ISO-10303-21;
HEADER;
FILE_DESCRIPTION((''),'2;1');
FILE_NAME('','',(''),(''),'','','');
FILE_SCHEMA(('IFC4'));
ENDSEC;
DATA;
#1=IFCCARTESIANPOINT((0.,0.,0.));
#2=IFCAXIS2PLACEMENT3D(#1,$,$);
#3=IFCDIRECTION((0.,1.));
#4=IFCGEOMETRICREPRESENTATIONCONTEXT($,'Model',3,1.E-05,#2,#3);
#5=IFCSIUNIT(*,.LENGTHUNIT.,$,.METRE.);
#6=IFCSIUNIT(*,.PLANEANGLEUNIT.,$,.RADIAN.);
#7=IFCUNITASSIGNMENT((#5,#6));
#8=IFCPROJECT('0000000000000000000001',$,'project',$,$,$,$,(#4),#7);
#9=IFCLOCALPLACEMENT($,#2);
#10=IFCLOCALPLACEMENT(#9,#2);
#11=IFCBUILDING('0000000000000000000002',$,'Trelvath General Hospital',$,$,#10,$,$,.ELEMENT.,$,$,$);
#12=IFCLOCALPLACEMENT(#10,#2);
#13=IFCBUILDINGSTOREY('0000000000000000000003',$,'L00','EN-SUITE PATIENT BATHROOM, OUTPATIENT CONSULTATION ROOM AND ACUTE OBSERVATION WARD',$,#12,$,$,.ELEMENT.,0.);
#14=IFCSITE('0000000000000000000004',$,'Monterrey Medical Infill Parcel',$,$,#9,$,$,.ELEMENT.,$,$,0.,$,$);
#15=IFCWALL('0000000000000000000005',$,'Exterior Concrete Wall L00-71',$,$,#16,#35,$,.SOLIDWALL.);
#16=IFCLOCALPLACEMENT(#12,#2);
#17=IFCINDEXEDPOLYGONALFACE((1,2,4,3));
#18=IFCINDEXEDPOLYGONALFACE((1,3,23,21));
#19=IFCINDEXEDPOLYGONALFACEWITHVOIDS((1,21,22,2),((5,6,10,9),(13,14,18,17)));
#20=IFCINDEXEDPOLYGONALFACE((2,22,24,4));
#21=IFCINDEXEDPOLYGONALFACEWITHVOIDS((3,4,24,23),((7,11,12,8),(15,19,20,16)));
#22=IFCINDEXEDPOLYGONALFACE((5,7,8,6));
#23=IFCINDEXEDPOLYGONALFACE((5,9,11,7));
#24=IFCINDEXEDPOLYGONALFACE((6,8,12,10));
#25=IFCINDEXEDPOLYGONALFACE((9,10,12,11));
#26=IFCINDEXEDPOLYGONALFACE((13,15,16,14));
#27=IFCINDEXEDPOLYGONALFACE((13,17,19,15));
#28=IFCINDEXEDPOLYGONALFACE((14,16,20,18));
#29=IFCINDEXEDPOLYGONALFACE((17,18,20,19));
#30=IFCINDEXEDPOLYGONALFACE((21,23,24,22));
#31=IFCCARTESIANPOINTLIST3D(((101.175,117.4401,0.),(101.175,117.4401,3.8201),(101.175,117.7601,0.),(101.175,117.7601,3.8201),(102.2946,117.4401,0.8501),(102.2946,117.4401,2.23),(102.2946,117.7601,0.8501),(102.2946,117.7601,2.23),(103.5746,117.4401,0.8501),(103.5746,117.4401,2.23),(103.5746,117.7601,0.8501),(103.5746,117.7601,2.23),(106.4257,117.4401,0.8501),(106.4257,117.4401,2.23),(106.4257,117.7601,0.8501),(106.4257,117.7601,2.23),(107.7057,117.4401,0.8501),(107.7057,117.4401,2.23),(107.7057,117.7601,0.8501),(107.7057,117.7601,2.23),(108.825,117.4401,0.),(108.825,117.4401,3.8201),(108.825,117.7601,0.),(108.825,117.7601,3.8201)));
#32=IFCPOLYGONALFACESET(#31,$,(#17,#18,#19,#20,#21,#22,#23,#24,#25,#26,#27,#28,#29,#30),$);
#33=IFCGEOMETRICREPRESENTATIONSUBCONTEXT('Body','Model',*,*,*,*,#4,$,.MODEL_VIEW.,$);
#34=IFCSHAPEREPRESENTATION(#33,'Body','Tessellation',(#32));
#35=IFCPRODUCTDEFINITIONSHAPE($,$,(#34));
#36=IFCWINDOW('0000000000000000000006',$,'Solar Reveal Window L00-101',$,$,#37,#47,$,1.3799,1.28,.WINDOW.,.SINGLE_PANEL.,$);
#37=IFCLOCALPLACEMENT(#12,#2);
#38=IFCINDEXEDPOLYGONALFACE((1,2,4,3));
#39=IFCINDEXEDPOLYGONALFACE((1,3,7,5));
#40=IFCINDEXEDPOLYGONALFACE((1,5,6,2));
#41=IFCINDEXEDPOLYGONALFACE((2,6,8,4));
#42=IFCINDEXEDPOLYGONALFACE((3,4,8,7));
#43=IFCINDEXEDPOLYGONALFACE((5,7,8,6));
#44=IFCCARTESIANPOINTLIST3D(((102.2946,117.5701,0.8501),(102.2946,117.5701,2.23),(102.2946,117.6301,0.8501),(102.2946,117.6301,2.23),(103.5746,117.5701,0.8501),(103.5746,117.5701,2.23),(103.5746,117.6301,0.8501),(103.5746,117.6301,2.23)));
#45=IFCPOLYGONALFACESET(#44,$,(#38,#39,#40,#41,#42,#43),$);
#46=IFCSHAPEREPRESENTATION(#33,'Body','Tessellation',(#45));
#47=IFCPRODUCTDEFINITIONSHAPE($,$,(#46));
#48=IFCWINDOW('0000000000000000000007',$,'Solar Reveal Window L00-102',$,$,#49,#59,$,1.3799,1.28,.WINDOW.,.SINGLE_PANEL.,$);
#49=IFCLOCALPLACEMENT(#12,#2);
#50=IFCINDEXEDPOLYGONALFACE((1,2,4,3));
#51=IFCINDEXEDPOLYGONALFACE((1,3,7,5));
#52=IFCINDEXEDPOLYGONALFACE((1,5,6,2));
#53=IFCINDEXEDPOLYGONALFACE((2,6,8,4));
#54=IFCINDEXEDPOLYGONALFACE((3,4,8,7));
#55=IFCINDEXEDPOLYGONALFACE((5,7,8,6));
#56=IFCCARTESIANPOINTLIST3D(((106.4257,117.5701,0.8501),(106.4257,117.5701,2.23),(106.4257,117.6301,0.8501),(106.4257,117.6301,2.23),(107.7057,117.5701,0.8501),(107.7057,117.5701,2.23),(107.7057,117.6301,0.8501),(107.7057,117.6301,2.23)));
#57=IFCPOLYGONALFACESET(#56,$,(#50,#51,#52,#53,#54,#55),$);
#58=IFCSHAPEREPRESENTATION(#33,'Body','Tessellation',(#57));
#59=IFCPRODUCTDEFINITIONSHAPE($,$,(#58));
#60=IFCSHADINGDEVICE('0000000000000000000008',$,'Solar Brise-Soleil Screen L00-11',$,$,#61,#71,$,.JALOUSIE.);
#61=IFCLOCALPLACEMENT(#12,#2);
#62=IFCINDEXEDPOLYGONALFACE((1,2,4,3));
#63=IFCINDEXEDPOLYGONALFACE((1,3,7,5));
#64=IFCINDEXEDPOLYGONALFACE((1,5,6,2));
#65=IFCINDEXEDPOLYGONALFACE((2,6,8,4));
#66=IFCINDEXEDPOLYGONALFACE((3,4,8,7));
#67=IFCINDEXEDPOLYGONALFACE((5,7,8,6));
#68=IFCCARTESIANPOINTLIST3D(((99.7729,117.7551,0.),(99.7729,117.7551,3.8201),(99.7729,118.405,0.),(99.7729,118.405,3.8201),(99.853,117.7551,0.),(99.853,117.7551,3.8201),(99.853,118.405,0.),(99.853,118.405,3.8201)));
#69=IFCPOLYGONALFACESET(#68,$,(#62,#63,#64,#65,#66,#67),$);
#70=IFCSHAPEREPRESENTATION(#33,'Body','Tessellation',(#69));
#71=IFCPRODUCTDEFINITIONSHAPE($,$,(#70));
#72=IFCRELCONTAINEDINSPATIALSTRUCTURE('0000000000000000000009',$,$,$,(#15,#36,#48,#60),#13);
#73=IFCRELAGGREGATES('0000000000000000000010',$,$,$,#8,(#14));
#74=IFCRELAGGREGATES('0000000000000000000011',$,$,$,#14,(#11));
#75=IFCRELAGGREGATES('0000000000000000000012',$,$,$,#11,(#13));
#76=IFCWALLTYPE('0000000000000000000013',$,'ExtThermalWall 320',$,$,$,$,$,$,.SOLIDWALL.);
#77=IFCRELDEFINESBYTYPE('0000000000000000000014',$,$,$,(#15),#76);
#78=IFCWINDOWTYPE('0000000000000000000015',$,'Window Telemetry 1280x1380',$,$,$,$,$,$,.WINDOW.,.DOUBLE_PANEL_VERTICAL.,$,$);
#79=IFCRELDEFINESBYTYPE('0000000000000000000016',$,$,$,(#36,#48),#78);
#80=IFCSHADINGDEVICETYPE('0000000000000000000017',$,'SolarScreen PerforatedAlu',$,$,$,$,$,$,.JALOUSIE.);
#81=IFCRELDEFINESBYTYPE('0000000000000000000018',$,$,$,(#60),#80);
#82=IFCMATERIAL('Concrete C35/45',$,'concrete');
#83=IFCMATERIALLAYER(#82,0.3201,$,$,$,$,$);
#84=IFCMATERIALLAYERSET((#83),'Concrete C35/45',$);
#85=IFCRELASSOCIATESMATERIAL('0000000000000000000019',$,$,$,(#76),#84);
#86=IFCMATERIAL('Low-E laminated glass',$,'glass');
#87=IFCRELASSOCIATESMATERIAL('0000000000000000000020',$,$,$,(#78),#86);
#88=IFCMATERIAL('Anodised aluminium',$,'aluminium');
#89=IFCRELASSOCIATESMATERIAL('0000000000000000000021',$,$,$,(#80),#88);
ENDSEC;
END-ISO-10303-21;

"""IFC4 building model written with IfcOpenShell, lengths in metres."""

from ifc_helpers import new_model, si_unit, direction, frame, frame_2d, origin, origin_2d, place, context, subcontext, project, spatial, rectangle, extrude, material, layer, layer_set, type_object, element, fill, save


model = new_model("IFC4")

# Units and contexts
model_context = context("Model", 3, precision=1e-05, world=origin(), true_north=direction((0.0, 1.0)))
body_context = subcontext(model_context, "Body", "Model", "MODEL_VIEW")
ifc_project = project(units=[si_unit("LENGTHUNIT", "METRE"), si_unit("PLANEANGLEUNIT", "RADIAN")], contexts=[model_context])

# Site, building, storey
site_placement = place(None, origin())
site = spatial("IfcSite", under=ifc_project, at=site_placement, Name="Monterrey Medical Infill Parcel", CompositionType="ELEMENT", RefElevation=0.0)
building_placement = place(site_placement, origin())
building = spatial("IfcBuilding", under=site, at=building_placement, Name="Trelvath General Hospital", CompositionType="ELEMENT")
storey_placement = place(building_placement, origin())
storey = spatial("IfcBuildingStorey", under=building, at=storey_placement, Name="L00", Description="EN-SUITE PATIENT BATHROOM, OUTPATIENT CONSULTATION ROOM AND ACUTE OBSERVATION WARD", CompositionType="ELEMENT", Elevation=0.0)

# Wall, openings, windows
ifc_material_1 = material(Name="Concrete C35/45", Category="concrete")
ifc_layer_1 = layer(ifc_material_1, 0.3201)
ifc_layer_set_1 = layer_set([ifc_layer_1], Name="Concrete C35/45")
wall_type_1 = type_object("IfcWallType", Name="ExtThermalWall 320", PredefinedType="SOLIDWALL", material=ifc_layer_set_1)
wall_1_placement = place(storey_placement, frame((101.175, 117.6001, 0.0), z_axis=(0.0, 0.0, 1.0), x_axis=(1.0, 0.0, 0.0)))
wall_1 = element("IfcWall", 1, at=wall_1_placement, inside=storey, type_object=wall_type_1, Name="Exterior Concrete Wall L00-71", PredefinedType="SOLIDWALL", context=body_context, shape_type="SweptSolid", body=[
    extrude(rectangle(XDim=7.6499, YDim=0.3201, at=frame_2d((3.825, 0.0))), origin(), (0.0, 0.0, 1.0), 3.8201),
])
opening_1_placement = place(wall_1_placement, frame((1.1194, 0.0, 0.8501)))
opening_1 = element("IfcOpeningElement", 2, at=opening_1_placement, cuts=wall_1, PredefinedType="OPENING", context=body_context, shape_type="SweptSolid", body=[
    extrude(rectangle(XDim=1.28, YDim=1.3799, at=frame_2d((0.6401, 0.6899))), frame((0.0, 0.1699, 0.0), z_axis=(0.0, -1.0, 0.0), x_axis=(1.0, 0.0, 0.0)), (0.0, 0.0, 1.0), 0.3401),
])
opening_2_placement = place(wall_1_placement, frame((5.2505, 0.0, 0.8501)))
opening_2 = element("IfcOpeningElement", 3, at=opening_2_placement, cuts=wall_1, PredefinedType="OPENING", context=body_context, shape_type="SweptSolid", body=[
    extrude(rectangle(XDim=1.28, YDim=1.3799, at=frame_2d((0.6401, 0.6899))), frame((0.0, 0.1699, 0.0), z_axis=(0.0, -1.0, 0.0), x_axis=(1.0, 0.0, 0.0)), (0.0, 0.0, 1.0), 0.3401),
])
ifc_material_2 = material(Name="Low-E laminated glass", Category="glass")
window_type = type_object("IfcWindowType", Name="Window Telemetry 1280x1380", PartitioningType="DOUBLE_PANEL_VERTICAL", PredefinedType="WINDOW", material=ifc_material_2)
window_1_placement = place(opening_1_placement, origin())
window_1 = element("IfcWindow", 4, at=window_1_placement, inside=storey, type_object=window_type, Name="Solar Reveal Window L00-101", OverallHeight=1.3799, OverallWidth=1.28, PartitioningType="SINGLE_PANEL", PredefinedType="WINDOW", context=body_context, shape_type="SweptSolid", body=[
    extrude(rectangle(XDim=1.28, YDim=1.3799, at=frame_2d((0.6401, 0.6899))), frame((0.0, 0.03, 0.0), z_axis=(0.0, -1.0, 0.0), x_axis=(1.0, 0.0, 0.0)), (0.0, 0.0, 1.0), 0.0601),
])
fill(opening_1, window_1)
window_2_placement = place(opening_2_placement, origin())
window_2 = element("IfcWindow", 5, at=window_2_placement, inside=storey, type_object=window_type, Name="Solar Reveal Window L00-102", OverallHeight=1.3799, OverallWidth=1.28, PartitioningType="SINGLE_PANEL", PredefinedType="WINDOW", context=body_context, shape_type="SweptSolid", body=[
    extrude(rectangle(XDim=1.28, YDim=1.3799, at=frame_2d((0.6401, 0.6899))), frame((0.0, 0.03, 0.0), z_axis=(0.0, -1.0, 0.0), x_axis=(1.0, 0.0, 0.0)), (0.0, 0.0, 1.0), 0.0601),
])
fill(opening_2, window_2)

# Shading device
ifc_material_3 = material(Name="Anodised aluminium", Category="aluminium")
shading_device_type = type_object("IfcShadingDeviceType", Name="SolarScreen PerforatedAlu", PredefinedType="JALOUSIE", material=ifc_material_3)
shading_device_placement = place(storey_placement, frame((99.813, 118.0801, 0.0), z_axis=(0.0, 0.0, 1.0), x_axis=(0.0, 1.0, 0.0)))
element("IfcShadingDevice", 6, at=shading_device_placement, inside=storey, type_object=shading_device_type, Name="Solar Brise-Soleil Screen L00-11", PredefinedType="JALOUSIE", context=body_context, shape_type="SweptSolid", body=[
    extrude(rectangle(XDim=0.6499, YDim=0.0801, at=origin_2d()), origin(), (0.0, 0.0, 1.0), 3.8201),
])

save(model, "model.ifc")
